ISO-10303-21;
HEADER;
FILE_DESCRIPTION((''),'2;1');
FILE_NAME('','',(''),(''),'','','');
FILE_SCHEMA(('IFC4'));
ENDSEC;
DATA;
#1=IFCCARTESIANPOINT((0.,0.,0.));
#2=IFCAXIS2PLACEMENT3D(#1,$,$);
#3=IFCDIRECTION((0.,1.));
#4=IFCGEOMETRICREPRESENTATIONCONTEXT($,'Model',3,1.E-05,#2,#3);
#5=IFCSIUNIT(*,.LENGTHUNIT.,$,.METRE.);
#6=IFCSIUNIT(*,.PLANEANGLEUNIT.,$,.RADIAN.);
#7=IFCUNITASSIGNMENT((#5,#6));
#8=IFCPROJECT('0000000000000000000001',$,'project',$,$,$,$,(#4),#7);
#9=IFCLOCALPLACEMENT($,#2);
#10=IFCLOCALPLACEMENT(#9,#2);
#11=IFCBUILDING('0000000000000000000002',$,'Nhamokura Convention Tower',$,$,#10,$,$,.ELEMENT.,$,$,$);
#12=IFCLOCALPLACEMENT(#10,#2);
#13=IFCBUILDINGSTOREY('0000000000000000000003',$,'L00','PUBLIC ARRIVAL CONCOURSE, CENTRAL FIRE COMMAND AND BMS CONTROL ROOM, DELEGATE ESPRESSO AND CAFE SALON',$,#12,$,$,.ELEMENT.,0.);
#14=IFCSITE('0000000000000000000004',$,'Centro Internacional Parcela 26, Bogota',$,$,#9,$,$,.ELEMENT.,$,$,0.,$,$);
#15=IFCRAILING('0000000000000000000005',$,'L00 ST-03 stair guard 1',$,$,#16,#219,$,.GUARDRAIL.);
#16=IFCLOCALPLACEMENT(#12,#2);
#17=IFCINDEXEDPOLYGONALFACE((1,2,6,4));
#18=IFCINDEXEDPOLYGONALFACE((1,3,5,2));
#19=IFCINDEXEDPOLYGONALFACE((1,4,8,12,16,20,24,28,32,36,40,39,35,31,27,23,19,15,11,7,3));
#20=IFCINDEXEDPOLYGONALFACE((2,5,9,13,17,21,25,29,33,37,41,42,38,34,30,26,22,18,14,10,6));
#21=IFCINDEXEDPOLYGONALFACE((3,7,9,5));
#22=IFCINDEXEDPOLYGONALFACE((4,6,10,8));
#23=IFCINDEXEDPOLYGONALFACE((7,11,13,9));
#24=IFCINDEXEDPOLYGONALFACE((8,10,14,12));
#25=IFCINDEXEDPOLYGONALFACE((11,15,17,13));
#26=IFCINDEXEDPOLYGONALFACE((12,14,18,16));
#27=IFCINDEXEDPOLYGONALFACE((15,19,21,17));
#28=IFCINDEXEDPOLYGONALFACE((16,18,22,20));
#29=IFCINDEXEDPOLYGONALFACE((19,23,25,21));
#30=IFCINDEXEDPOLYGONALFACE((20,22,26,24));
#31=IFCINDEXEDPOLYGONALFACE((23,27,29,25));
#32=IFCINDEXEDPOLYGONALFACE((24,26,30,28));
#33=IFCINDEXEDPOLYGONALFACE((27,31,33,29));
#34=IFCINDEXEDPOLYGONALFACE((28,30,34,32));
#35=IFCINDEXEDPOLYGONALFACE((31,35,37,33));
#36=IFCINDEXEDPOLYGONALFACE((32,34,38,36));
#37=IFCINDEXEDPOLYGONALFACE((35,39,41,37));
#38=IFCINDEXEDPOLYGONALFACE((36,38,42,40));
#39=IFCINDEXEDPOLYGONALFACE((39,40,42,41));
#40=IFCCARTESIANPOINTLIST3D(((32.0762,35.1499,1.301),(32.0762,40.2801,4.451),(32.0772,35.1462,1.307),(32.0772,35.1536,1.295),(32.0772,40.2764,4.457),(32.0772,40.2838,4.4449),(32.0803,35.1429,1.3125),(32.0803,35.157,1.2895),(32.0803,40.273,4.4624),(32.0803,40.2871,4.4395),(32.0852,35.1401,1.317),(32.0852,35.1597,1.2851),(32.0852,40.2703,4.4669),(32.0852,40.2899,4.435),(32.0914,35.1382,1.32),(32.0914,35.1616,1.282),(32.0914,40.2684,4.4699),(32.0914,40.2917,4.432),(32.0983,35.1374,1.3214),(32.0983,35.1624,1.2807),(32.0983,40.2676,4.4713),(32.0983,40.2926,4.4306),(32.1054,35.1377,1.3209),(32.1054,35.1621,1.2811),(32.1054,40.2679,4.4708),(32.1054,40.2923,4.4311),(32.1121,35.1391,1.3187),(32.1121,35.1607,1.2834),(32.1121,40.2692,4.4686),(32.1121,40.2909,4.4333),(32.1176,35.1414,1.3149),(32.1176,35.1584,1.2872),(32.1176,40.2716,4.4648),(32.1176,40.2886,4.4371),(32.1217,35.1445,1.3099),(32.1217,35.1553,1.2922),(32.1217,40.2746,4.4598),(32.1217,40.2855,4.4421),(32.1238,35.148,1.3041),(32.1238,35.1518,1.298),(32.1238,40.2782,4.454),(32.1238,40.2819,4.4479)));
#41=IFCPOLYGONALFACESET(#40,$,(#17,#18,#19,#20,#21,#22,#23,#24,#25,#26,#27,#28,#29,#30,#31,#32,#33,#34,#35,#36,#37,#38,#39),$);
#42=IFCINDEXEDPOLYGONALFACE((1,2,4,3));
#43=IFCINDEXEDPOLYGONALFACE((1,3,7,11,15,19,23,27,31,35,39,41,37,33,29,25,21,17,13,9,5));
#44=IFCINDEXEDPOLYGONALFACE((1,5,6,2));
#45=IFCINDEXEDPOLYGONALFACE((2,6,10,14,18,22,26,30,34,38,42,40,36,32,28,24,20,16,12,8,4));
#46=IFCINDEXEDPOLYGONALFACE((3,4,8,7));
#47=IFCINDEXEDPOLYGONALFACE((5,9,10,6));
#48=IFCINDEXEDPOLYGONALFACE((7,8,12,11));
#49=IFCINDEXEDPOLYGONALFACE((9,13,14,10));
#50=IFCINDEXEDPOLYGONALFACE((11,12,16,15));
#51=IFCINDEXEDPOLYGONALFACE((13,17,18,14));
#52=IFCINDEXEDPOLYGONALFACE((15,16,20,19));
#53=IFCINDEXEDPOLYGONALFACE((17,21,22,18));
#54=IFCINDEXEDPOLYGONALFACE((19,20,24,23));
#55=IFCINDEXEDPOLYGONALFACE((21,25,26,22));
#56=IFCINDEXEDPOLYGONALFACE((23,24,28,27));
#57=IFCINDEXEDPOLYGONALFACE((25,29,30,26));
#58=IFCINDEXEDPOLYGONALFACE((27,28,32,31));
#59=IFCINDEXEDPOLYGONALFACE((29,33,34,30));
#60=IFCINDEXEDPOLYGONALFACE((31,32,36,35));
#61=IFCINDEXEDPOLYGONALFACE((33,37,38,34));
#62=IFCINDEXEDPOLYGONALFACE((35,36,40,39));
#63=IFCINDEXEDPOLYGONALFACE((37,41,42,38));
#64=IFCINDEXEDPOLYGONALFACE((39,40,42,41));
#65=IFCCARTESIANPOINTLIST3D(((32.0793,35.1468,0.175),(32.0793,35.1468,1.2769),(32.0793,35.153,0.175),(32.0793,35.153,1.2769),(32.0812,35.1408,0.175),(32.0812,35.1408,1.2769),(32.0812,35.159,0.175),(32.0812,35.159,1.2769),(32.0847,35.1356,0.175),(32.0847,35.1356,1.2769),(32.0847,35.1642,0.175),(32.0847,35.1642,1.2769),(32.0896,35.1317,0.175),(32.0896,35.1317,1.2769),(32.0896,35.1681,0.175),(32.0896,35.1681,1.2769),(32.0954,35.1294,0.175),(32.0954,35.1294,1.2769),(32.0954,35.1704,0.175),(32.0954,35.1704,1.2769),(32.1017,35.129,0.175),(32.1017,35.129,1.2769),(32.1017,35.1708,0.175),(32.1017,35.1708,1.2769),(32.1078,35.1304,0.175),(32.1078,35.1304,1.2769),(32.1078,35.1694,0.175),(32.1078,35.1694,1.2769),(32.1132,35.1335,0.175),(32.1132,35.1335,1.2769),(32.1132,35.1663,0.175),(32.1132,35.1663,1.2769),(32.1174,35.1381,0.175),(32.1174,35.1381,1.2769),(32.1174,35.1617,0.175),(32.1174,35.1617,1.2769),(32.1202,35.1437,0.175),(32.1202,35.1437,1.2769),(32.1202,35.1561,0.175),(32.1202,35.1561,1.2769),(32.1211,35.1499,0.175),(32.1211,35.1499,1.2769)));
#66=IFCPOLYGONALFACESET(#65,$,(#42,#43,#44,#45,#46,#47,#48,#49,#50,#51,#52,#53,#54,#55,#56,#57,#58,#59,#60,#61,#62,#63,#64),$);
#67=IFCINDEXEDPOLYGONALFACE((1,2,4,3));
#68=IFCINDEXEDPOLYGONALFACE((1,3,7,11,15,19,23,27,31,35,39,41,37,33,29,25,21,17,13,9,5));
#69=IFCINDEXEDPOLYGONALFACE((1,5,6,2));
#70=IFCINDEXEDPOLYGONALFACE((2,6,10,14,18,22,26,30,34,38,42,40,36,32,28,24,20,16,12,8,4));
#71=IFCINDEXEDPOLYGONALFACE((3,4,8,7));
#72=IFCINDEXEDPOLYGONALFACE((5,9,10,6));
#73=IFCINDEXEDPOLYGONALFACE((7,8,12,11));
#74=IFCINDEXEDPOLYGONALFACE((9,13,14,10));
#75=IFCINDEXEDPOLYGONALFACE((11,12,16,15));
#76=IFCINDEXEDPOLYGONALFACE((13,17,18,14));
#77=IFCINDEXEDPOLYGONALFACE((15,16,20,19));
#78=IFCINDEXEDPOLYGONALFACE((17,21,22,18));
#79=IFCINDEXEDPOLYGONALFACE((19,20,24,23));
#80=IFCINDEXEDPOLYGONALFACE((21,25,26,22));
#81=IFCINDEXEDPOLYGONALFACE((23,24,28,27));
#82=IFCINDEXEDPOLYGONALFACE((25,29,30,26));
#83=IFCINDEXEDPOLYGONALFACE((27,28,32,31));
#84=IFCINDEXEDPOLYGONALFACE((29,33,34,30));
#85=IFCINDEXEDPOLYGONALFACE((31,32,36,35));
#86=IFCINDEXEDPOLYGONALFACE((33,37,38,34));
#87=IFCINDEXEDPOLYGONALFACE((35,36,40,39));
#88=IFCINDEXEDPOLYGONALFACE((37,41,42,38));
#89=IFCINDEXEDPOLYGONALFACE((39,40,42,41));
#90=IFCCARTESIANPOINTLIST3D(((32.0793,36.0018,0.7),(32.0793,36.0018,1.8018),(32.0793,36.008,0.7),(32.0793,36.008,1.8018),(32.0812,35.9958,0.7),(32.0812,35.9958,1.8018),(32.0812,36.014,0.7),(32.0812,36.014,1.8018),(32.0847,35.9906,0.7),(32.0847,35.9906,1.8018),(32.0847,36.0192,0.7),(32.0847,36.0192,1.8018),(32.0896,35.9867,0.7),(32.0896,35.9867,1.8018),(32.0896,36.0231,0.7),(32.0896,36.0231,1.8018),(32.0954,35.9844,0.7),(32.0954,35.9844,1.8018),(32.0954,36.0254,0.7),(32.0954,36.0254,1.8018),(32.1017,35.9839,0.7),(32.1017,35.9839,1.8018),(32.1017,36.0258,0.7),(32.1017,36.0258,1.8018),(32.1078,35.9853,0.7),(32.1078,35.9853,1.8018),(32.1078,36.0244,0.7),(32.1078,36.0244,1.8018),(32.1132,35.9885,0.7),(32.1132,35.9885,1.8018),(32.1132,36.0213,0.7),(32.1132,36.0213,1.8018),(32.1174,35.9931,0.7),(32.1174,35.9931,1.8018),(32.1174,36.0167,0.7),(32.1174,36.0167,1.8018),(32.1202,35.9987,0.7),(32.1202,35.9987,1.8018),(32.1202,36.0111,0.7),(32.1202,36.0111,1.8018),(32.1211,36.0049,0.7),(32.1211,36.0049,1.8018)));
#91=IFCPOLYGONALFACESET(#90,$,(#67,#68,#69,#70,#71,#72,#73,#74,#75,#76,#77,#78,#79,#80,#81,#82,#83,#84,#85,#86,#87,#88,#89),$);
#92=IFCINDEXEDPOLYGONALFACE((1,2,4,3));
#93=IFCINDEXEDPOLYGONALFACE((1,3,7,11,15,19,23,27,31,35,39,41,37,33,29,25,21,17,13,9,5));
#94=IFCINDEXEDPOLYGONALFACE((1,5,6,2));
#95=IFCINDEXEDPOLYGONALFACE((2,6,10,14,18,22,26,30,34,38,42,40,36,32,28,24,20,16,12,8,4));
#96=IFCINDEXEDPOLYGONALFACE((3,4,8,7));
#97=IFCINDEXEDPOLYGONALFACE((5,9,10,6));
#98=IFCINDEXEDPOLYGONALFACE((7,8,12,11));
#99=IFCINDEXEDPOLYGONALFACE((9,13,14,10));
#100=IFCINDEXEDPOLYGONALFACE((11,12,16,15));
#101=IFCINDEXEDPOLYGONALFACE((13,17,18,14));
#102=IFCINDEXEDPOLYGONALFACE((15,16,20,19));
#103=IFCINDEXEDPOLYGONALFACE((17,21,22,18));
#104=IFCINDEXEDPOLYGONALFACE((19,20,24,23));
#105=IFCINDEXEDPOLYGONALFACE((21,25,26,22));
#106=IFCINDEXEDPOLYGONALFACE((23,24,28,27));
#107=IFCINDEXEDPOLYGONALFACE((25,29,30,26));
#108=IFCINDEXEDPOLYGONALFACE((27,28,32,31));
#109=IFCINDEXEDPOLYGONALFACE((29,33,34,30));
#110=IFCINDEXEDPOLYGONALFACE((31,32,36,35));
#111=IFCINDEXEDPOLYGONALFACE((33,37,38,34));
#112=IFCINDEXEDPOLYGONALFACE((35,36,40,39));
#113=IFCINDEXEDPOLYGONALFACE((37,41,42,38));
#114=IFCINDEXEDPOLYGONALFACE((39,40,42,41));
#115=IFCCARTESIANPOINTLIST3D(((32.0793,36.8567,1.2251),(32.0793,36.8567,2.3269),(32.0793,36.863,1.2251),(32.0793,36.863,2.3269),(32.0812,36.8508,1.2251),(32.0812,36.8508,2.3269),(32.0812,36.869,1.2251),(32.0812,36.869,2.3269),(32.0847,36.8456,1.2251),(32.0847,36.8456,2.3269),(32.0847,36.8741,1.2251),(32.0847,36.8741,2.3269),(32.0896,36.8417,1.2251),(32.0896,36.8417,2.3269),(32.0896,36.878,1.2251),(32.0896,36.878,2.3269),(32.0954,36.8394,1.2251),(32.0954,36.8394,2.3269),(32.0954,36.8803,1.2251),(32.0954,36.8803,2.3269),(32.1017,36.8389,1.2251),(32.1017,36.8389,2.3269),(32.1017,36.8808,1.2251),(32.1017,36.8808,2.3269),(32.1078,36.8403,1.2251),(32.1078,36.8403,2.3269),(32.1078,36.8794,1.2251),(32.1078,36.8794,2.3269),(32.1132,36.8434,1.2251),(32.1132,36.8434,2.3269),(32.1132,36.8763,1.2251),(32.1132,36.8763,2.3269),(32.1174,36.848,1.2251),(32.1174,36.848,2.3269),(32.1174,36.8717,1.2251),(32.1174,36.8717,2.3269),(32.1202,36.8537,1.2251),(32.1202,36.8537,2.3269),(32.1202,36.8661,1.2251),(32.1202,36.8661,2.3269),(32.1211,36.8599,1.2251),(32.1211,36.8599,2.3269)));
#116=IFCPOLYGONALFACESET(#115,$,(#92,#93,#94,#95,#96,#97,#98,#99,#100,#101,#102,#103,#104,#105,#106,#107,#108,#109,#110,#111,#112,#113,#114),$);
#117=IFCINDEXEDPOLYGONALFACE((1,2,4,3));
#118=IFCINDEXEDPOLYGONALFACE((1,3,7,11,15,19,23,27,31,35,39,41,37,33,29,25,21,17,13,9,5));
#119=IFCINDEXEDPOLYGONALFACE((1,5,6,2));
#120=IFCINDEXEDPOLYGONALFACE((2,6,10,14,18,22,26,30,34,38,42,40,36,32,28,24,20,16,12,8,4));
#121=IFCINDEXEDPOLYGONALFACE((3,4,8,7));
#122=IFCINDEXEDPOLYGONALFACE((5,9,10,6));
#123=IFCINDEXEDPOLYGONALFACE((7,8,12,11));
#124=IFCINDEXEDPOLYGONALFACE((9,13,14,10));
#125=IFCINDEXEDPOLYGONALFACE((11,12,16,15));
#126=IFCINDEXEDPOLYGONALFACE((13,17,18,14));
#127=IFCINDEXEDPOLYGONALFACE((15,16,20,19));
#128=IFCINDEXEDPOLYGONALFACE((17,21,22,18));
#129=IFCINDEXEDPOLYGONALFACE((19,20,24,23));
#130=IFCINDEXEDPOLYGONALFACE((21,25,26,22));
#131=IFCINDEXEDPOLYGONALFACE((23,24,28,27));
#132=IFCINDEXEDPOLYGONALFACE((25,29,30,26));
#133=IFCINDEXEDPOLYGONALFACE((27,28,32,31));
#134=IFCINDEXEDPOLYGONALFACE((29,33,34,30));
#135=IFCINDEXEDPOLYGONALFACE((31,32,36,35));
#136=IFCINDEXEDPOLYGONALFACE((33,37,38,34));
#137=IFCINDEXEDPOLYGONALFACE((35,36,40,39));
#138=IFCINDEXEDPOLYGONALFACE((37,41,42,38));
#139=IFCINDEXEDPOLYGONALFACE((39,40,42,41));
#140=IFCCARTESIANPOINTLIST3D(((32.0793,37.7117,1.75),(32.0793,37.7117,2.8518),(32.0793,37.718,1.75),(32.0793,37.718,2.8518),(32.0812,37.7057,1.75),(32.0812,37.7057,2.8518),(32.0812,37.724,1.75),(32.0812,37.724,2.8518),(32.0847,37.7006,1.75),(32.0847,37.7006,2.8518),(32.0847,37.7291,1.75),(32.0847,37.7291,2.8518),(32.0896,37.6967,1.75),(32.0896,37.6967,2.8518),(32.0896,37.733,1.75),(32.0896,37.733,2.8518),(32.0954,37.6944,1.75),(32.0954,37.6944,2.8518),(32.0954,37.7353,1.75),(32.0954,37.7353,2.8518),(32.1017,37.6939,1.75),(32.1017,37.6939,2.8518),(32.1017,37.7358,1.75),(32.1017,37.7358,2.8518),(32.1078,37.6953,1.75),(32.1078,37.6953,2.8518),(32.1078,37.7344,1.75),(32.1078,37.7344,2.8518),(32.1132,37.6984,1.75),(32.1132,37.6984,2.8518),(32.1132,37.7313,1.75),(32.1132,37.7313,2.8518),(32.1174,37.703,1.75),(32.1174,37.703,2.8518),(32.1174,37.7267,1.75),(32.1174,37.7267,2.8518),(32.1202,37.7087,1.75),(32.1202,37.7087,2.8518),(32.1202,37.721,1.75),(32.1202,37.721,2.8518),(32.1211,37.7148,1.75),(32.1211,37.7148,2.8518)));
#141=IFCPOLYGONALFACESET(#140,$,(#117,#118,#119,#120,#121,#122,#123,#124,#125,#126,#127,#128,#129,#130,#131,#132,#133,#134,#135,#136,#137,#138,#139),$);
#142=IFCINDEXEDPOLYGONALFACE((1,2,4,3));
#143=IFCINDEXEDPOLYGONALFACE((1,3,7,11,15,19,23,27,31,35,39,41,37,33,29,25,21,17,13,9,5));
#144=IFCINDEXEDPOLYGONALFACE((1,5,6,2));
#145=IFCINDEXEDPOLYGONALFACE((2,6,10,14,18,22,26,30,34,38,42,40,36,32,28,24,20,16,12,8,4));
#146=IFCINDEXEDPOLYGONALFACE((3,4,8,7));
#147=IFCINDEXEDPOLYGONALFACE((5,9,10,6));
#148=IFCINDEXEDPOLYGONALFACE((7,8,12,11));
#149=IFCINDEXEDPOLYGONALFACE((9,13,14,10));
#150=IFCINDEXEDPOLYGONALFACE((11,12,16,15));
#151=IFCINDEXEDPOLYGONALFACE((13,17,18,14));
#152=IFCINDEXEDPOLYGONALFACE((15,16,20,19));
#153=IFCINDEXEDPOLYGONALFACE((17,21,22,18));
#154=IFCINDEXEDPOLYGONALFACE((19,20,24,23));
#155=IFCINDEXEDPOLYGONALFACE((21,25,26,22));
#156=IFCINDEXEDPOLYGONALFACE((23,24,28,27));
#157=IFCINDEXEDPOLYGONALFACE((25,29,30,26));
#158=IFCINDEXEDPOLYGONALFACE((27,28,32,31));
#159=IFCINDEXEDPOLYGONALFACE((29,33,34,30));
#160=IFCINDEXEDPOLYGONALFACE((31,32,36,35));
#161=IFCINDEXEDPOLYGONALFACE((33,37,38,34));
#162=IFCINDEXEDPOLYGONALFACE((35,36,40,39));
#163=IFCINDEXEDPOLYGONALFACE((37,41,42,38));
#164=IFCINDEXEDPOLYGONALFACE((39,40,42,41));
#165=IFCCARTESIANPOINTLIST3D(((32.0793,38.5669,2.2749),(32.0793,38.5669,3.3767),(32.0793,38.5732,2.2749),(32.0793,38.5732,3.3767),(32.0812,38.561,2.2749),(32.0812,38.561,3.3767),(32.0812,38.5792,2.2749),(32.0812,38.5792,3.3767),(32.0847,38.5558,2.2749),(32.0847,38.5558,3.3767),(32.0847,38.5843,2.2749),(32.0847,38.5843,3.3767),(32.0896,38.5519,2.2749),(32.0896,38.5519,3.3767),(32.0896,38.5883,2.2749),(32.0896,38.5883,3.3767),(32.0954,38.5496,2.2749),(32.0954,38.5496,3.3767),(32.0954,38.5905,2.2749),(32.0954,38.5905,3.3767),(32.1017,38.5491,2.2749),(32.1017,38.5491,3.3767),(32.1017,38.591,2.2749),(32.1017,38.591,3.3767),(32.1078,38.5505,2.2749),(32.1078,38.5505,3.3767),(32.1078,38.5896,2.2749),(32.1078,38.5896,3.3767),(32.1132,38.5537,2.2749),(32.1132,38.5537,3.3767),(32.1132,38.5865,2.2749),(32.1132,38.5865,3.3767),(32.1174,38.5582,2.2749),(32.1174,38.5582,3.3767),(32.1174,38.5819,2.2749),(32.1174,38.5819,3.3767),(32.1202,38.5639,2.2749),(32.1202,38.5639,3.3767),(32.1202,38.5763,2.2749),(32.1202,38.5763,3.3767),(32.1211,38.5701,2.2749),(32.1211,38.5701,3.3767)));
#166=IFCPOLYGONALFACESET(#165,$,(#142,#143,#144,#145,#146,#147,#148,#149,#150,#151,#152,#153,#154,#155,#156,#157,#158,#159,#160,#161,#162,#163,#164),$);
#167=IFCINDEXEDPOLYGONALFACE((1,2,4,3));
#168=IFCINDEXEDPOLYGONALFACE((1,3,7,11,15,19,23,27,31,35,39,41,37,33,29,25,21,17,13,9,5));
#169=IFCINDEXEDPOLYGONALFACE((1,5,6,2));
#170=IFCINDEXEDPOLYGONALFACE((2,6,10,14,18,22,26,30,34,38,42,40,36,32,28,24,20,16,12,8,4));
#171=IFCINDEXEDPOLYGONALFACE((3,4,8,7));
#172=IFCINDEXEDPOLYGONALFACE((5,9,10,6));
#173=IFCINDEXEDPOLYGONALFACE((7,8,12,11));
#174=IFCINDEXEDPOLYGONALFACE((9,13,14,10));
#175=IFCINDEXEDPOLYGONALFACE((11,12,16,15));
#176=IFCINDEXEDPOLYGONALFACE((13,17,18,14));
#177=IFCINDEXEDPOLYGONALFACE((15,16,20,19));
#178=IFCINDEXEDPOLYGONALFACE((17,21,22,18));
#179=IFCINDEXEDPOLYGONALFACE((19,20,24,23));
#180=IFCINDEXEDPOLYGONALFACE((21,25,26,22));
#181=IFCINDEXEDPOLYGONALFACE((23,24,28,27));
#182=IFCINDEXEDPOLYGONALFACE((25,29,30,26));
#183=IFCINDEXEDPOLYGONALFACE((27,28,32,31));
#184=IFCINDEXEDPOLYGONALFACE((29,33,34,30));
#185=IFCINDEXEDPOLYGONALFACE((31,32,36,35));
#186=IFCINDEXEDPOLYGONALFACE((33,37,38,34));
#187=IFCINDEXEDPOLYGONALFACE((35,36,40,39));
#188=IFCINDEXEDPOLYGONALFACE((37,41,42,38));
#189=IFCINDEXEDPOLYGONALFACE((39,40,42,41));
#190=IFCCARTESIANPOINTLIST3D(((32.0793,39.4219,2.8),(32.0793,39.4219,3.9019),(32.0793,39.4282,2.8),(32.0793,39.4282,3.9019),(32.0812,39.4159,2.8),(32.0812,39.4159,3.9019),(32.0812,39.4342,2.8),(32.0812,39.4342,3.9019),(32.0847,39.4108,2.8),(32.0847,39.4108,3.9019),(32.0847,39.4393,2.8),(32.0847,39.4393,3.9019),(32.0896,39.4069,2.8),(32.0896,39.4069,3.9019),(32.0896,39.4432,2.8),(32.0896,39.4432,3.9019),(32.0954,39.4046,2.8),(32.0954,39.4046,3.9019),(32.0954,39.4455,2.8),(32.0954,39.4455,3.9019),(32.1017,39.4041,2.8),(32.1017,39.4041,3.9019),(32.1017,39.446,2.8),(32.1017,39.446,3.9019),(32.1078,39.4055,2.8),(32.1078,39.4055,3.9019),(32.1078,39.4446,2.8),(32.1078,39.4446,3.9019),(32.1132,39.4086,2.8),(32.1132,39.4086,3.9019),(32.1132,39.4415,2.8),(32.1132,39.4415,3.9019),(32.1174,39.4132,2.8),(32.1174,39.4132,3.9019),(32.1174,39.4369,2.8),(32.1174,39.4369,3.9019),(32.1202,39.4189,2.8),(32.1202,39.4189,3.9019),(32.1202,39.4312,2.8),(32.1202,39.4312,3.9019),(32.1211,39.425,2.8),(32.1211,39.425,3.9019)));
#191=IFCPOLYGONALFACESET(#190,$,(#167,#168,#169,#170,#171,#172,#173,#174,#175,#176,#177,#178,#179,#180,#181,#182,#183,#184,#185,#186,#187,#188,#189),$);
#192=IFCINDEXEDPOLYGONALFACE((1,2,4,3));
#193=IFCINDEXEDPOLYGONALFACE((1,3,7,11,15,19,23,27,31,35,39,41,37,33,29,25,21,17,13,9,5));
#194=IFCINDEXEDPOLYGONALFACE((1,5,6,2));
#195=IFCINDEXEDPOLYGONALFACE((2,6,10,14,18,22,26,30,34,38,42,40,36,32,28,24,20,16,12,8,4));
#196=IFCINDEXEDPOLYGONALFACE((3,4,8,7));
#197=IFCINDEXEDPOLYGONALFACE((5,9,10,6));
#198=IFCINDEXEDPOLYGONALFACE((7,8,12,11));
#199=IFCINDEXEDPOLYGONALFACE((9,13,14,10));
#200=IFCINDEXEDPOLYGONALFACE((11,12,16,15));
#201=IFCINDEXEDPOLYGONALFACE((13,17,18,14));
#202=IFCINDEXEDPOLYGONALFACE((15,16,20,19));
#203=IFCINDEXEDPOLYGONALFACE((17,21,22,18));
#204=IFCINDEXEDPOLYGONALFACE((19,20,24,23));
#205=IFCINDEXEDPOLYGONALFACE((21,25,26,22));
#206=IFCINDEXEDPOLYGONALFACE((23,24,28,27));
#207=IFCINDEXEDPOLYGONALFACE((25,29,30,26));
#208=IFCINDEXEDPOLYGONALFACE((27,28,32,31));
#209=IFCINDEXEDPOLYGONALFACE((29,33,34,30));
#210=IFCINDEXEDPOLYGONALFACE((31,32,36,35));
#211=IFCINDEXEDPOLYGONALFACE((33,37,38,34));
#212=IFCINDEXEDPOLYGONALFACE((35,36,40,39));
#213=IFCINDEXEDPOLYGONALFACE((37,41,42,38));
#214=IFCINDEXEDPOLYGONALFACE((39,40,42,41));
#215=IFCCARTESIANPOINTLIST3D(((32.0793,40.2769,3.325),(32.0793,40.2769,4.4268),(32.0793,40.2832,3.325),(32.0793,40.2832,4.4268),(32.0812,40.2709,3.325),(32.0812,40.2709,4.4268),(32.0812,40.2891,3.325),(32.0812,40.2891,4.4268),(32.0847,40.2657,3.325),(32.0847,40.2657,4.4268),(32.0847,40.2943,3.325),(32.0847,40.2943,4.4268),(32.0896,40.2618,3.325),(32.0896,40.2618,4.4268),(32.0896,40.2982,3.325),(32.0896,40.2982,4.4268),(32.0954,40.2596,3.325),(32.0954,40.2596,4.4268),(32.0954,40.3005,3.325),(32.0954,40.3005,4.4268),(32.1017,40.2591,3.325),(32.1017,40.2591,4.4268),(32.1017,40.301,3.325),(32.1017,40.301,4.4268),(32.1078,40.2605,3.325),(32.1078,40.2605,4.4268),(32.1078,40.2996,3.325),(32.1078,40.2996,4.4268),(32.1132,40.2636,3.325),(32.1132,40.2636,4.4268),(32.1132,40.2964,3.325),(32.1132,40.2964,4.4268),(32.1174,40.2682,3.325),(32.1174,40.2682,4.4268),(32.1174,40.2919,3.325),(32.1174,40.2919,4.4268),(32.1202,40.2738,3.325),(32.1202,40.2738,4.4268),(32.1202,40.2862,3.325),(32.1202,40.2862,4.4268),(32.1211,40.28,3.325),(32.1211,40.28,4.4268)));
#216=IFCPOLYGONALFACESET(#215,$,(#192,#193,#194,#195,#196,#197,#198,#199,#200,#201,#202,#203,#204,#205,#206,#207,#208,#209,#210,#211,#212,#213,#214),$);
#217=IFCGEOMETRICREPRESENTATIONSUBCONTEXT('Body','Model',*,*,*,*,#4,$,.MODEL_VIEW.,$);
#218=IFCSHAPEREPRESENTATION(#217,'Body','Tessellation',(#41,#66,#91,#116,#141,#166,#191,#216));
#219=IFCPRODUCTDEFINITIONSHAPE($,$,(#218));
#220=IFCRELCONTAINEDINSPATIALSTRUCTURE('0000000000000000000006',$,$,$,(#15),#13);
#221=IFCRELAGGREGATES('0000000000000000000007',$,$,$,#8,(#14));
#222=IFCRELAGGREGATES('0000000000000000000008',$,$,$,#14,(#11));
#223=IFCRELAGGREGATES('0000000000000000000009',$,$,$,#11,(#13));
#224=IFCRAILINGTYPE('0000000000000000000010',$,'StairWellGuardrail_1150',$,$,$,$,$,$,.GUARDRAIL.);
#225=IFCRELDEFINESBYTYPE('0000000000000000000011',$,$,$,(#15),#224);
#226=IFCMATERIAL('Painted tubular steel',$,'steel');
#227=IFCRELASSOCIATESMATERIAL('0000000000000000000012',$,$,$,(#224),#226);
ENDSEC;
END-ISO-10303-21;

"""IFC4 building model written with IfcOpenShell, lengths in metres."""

from ifc_helpers import new_model, si_unit, direction, frame, origin, origin_2d, place, context, subcontext, project, spatial, circle, extrude, material, type_object, element, save


model = new_model("IFC4")

# Units and contexts
model_context = context("Model", 3, precision=1e-05, world=origin(), true_north=direction((0.0, 1.0)))
body_context = subcontext(model_context, "Body", "Model", "MODEL_VIEW")
ifc_project = project(units=[si_unit("LENGTHUNIT", "METRE"), si_unit("PLANEANGLEUNIT", "RADIAN")], contexts=[model_context])

# Site, building, storey
site_placement = place(None, origin())
site = spatial("IfcSite", under=ifc_project, at=site_placement, Name="Centro Internacional Parcela 26, Bogota", CompositionType="ELEMENT", RefElevation=0.0)
building_placement = place(site_placement, origin())
building = spatial("IfcBuilding", under=site, at=building_placement, Name="Nhamokura Convention Tower", CompositionType="ELEMENT")
storey_placement = place(building_placement, origin())
storey = spatial("IfcBuildingStorey", under=building, at=storey_placement, Name="L00", Description="PUBLIC ARRIVAL CONCOURSE, CENTRAL FIRE COMMAND AND BMS CONTROL ROOM, DELEGATE ESPRESSO AND CAFE SALON", CompositionType="ELEMENT", Elevation=0.0)

# Railing
ifc_material_1 = material(Name="Painted tubular steel", Category="steel")
railing_type_1 = type_object("IfcRailingType", Name="StairWellGuardrail_1150", PredefinedType="GUARDRAIL", material=ifc_material_1)
railing_1_placement = place(storey_placement, frame((32.1001, 35.1499, 0.175)))
element("IfcRailing", 1, at=railing_1_placement, inside=storey, type_object=railing_type_1, Name="L00 ST-03 stair guard 1", PredefinedType="GUARDRAIL", context=body_context, shape_type="SweptSolid", body=[
    extrude(circle(Radius=0.0239, at=origin_2d()), frame((0.0, 0.0, 1.126), z_axis=(0.0, 0.852184, 0.523242), x_axis=(-1.0, 0.0, 0.0)), (0.0, 0.0, 1.0), 6.02),
    extrude(circle(Radius=0.021, at=origin_2d()), origin(), (0.0, 0.0, 1.0), 1.1018),
    extrude(circle(Radius=0.021, at=origin_2d()), frame((0.0, 0.855, 0.5249)), (0.0, 0.0, 1.0), 1.1018),
    extrude(circle(Radius=0.021, at=origin_2d()), frame((0.0, 1.71, 1.05)), (0.0, 0.0, 1.0), 1.1018),
    extrude(circle(Radius=0.021, at=origin_2d()), frame((0.0, 2.5649, 1.575)), (0.0, 0.0, 1.0), 1.1018),
    extrude(circle(Radius=0.021, at=origin_2d()), frame((0.0, 3.4202, 2.0999)), (0.0, 0.0, 1.0), 1.1018),
    extrude(circle(Radius=0.021, at=origin_2d()), frame((0.0, 4.2751, 2.625)), (0.0, 0.0, 1.0), 1.1018),
    extrude(circle(Radius=0.021, at=origin_2d()), frame((0.0, 5.1301, 3.1499)), (0.0, 0.0, 1.0), 1.1018),
])

save(model, "model.ifc")
